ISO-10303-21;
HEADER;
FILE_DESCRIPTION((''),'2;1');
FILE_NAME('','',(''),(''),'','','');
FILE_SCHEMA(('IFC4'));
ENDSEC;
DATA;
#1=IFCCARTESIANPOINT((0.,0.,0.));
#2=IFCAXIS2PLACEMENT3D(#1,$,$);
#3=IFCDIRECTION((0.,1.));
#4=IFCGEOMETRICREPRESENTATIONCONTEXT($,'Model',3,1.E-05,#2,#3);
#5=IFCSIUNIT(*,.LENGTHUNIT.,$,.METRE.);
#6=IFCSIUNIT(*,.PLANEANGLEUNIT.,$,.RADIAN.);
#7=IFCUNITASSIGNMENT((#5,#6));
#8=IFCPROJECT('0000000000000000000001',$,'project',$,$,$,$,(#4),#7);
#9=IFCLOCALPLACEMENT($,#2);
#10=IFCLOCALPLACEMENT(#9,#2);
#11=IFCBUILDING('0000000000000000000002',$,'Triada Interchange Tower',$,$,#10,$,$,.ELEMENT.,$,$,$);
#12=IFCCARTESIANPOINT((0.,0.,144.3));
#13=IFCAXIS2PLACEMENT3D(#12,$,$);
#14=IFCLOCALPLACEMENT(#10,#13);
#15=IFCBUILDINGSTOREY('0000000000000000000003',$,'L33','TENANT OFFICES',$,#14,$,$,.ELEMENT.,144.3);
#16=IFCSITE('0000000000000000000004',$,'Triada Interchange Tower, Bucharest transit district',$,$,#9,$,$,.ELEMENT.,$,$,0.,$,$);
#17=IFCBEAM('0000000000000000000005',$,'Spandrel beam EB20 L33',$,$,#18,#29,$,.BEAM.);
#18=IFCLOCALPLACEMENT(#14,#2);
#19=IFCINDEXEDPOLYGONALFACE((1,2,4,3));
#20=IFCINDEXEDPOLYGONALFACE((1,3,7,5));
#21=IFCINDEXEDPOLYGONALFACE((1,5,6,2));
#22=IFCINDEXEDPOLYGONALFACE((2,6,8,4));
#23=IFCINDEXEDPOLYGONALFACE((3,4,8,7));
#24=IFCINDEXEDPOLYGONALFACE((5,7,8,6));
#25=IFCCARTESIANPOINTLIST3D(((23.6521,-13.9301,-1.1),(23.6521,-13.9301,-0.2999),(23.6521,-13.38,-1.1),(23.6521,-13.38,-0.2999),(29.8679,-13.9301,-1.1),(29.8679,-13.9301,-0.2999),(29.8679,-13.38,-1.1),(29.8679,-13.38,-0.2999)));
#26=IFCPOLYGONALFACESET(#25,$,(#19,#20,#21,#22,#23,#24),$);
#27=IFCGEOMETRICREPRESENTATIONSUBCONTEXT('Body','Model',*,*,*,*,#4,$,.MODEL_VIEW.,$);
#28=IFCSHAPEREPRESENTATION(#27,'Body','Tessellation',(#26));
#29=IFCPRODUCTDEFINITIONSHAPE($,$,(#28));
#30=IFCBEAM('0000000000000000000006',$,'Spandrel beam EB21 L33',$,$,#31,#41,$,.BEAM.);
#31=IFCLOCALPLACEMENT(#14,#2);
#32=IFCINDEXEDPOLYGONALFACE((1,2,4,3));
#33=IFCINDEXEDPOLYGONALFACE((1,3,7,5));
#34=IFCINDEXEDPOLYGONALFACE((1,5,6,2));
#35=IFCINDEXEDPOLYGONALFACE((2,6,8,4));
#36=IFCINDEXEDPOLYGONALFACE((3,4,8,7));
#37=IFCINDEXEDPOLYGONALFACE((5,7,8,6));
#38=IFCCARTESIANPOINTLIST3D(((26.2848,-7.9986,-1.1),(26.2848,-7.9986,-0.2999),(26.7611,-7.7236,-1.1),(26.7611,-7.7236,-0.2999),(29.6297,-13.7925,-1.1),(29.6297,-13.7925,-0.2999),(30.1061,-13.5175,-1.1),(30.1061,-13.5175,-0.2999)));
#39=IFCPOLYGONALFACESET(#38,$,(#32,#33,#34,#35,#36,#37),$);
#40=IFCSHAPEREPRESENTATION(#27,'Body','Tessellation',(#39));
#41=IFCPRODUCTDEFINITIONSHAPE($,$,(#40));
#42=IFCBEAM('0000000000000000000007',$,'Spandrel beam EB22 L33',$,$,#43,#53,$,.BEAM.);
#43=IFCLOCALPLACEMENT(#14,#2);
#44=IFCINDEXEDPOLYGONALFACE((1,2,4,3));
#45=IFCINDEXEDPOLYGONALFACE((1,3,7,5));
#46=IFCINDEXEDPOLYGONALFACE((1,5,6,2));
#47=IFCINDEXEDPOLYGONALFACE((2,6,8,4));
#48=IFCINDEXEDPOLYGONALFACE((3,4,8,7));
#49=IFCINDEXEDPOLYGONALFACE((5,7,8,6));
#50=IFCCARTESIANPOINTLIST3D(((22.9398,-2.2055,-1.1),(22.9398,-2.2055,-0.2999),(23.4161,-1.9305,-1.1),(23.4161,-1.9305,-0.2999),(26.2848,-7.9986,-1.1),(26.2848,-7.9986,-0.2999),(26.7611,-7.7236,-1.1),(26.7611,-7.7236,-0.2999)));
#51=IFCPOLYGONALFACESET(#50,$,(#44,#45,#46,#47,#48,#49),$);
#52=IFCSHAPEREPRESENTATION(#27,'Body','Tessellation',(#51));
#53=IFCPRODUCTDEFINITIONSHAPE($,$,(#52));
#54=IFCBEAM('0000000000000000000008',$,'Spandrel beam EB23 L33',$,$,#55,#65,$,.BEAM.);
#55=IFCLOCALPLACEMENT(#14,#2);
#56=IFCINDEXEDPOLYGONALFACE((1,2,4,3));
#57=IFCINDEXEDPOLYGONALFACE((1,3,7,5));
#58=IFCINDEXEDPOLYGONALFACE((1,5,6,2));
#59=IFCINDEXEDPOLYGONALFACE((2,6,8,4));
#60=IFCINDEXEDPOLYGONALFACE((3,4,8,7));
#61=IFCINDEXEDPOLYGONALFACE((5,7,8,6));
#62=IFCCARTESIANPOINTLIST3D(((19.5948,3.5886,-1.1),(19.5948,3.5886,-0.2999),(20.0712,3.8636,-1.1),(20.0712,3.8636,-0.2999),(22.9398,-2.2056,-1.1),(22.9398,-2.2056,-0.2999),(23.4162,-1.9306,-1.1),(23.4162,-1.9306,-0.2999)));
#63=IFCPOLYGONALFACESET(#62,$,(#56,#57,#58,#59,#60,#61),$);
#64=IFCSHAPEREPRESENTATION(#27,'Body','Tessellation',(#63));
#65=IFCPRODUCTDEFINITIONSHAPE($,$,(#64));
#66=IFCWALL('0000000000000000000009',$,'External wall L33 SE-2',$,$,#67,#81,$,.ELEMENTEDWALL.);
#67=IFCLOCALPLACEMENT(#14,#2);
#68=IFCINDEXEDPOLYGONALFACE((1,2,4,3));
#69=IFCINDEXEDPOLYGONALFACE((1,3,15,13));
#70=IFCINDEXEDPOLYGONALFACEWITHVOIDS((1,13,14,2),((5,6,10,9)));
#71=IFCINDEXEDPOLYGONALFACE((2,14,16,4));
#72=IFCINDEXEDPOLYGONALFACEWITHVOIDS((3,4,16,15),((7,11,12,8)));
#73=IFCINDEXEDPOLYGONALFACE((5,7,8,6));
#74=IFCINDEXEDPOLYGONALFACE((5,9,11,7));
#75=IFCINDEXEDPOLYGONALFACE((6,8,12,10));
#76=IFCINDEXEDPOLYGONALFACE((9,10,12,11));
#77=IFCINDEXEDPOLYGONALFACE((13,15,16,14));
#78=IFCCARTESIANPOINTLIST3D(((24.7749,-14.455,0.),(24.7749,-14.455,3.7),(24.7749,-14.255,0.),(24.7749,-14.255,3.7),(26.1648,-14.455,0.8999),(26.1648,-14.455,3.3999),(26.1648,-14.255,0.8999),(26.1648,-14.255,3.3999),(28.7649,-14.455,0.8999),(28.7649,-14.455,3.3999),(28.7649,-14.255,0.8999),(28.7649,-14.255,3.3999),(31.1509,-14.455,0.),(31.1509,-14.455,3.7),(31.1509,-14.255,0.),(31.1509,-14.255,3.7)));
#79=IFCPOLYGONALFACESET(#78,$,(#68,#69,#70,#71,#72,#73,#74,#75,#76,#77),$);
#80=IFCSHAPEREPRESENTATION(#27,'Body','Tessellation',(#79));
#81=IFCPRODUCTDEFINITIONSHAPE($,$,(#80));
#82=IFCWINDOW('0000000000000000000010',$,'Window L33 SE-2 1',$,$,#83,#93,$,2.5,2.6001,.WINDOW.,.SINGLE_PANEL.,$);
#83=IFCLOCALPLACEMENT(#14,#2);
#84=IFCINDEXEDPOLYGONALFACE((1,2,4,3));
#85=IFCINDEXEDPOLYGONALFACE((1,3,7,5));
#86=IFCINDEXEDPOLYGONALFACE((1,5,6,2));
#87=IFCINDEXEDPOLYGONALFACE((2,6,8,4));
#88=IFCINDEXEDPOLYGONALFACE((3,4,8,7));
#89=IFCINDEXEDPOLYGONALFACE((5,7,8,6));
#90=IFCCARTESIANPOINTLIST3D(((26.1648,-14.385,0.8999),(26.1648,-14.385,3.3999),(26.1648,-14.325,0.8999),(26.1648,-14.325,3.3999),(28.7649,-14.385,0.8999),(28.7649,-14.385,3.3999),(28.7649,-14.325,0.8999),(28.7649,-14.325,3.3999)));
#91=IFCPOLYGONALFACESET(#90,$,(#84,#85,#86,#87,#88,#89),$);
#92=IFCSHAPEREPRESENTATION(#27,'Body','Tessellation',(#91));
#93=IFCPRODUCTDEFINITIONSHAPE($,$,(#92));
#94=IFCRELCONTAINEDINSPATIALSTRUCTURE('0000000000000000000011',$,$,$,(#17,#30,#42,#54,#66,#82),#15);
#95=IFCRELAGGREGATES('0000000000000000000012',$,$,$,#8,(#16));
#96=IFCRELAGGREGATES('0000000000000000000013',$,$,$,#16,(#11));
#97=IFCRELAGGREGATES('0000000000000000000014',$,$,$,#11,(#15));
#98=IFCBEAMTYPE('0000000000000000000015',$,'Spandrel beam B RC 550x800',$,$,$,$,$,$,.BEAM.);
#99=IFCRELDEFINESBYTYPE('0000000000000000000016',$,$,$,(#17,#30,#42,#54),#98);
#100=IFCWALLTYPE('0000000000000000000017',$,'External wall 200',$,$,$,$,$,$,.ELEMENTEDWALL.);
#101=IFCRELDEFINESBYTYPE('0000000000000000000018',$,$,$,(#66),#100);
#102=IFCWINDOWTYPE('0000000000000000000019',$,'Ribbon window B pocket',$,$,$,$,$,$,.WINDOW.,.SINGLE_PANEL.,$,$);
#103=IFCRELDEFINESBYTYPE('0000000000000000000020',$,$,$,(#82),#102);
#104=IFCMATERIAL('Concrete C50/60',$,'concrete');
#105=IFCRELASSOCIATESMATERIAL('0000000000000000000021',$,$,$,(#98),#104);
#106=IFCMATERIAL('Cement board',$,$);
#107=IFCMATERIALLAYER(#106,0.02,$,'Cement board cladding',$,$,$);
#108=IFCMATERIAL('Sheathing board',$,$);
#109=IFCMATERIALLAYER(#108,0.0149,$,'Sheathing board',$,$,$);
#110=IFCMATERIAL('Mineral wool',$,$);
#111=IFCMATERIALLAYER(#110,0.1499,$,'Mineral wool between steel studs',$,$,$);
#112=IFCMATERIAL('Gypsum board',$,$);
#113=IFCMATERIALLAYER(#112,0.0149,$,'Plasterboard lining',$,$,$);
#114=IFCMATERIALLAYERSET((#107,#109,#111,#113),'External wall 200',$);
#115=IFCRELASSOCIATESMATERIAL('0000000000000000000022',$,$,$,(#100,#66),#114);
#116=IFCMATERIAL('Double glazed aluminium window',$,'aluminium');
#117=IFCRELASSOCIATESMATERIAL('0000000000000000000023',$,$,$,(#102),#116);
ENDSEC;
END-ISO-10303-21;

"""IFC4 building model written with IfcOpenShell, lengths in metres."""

from ifc_helpers import new_model, si_unit, direction, frame, frame_2d, origin, origin_2d, place, context, subcontext, project, spatial, rectangle, extrude, material, layer, layer_set, layer_usage, material_profile, profile_set, type_object, element, fill, save


model = new_model("IFC4")

# Units and contexts
model_context = context("Model", 3, precision=1e-05, world=origin(), true_north=direction((0.0, 1.0)))
body_context = subcontext(model_context, "Body", "Model", "MODEL_VIEW")
ifc_project = project(units=[si_unit("LENGTHUNIT", "METRE"), si_unit("PLANEANGLEUNIT", "RADIAN")], contexts=[model_context])

# Site, building, storey
site_placement = place(None, origin())
site = spatial("IfcSite", under=ifc_project, at=site_placement, Name="Triada Interchange Tower, Bucharest transit district", CompositionType="ELEMENT", RefElevation=0.0)
building_placement = place(site_placement, origin())
building = spatial("IfcBuilding", under=site, at=building_placement, Name="Triada Interchange Tower", CompositionType="ELEMENT")
storey_placement = place(building_placement, frame((0.0, 0.0, 144.3)))
storey = spatial("IfcBuildingStorey", under=building, at=storey_placement, Name="L33", Description="TENANT OFFICES", CompositionType="ELEMENT", Elevation=144.3)

# Beams
ifc_material_1 = material(Name="Concrete C50/60", Category="concrete")
ifc_material_profile_1 = material_profile(ifc_material_1, rectangle(XDim=0.55, YDim=0.8, at=origin_2d()), Name="RC 550x800")
ifc_profile_set_1 = profile_set([ifc_material_profile_1], Name="Concrete C50/60")
beam_type_1 = type_object("IfcBeamType", Name="Spandrel beam B RC 550x800", PredefinedType="BEAM", material=ifc_profile_set_1)
beam_1_placement = place(storey_placement, frame((23.6521, -13.655, -0.7), z_axis=(1.0, 0.0, 0.0), x_axis=(0.0, 1.0, 0.0)))
element("IfcBeam", 1, at=beam_1_placement, inside=storey, type_object=beam_type_1, Name="Spandrel beam EB20 L33", PredefinedType="BEAM", context=body_context, shape_type="SweptSolid", body=[
    extrude(rectangle(XDim=0.55, YDim=0.8, at=origin_2d()), origin(), (0.0, 0.0, 1.0), 6.2158),
])
beam_2_placement = place(storey_placement, frame((29.8679, -13.655, -0.7), z_axis=(-0.499981, 0.866036, 0.0), x_axis=(-0.866036, -0.499981, 0.0)))
element("IfcBeam", 2, at=beam_2_placement, inside=storey, type_object=beam_type_1, Name="Spandrel beam EB21 L33", PredefinedType="BEAM", context=body_context, shape_type="SweptSolid", body=[
    extrude(rectangle(XDim=0.55, YDim=0.8, at=origin_2d()), origin(), (0.0, 0.0, 1.0), 6.6902),
])
beam_3_placement = place(storey_placement, frame((26.5229, -7.8611, -0.7), z_axis=(-0.500045, 0.866, 0.0), x_axis=(-0.866, -0.500045, 0.0)))
element("IfcBeam", 3, at=beam_3_placement, inside=storey, type_object=beam_type_1, Name="Spandrel beam EB22 L33", PredefinedType="BEAM", context=body_context, shape_type="SweptSolid", body=[
    extrude(rectangle(XDim=0.55, YDim=0.8, at=origin_2d()), origin(), (0.0, 0.0, 1.0), 6.6895),
])
beam_4_placement = place(storey_placement, frame((23.178, -2.0681, -0.7), z_axis=(-0.499966, 0.866045, 0.0), x_axis=(-0.866045, -0.499966, 0.0)))
element("IfcBeam", 4, at=beam_4_placement, inside=storey, type_object=beam_type_1, Name="Spandrel beam EB23 L33", PredefinedType="BEAM", context=body_context, shape_type="SweptSolid", body=[
    extrude(rectangle(XDim=0.55, YDim=0.8, at=origin_2d()), origin(), (0.0, 0.0, 1.0), 6.6904),
])

# Wall, opening, window
ifc_material_2 = material(Name="Cement board")
ifc_layer_1 = layer(ifc_material_2, 0.02, Name="Cement board cladding")
ifc_material_3 = material(Name="Sheathing board")
ifc_layer_2 = layer(ifc_material_3, 0.0149, Name="Sheathing board")
ifc_material_4 = material(Name="Mineral wool")
ifc_layer_3 = layer(ifc_material_4, 0.1499, Name="Mineral wool between steel studs")
ifc_material_5 = material(Name="Gypsum board")
ifc_layer_4 = layer(ifc_material_5, 0.0149, Name="Plasterboard lining")
ifc_layer_set_1 = layer_set([ifc_layer_1, ifc_layer_2, ifc_layer_3, ifc_layer_4], Name="External wall 200")
ifc_layer_usage = layer_usage(ifc_layer_set_1, "AXIS2", "POSITIVE", -0.1001)
wall_type_1 = type_object("IfcWallType", Name="External wall 200", PredefinedType="ELEMENTEDWALL", material=ifc_layer_set_1)
wall_1_placement = place(storey_placement, frame((24.7749, -14.355, 0.0), z_axis=(0.0, 0.0, 1.0), x_axis=(1.0, 0.0, 0.0)))
wall_1 = element("IfcWall", 5, at=wall_1_placement, inside=storey, type_object=wall_type_1, material=ifc_layer_usage, Name="External wall L33 SE-2", PredefinedType="ELEMENTEDWALL", context=body_context, shape_type="SweptSolid", body=[
    extrude(rectangle(XDim=6.376, YDim=0.2, at=frame_2d((3.188, 0.0))), origin(), (0.0, 0.0, 1.0), 3.7),
])
opening_1_placement = place(wall_1_placement, frame((1.3899, 0.0, 0.8999)))
opening_1 = element("IfcOpeningElement", 6, at=opening_1_placement, cuts=wall_1, PredefinedType="OPENING", context=body_context, shape_type="SweptSolid", body=[
    extrude(rectangle(XDim=2.6001, YDim=2.5, at=frame_2d((1.3, 1.25))), frame((0.0, 0.1099, 0.0), z_axis=(0.0, -1.0, 0.0), x_axis=(1.0, 0.0, 0.0)), (0.0, 0.0, 1.0), 0.22),
])
ifc_material_6 = material(Name="Double glazed aluminium window", Category="aluminium")
window_type_1 = type_object("IfcWindowType", Name="Ribbon window B pocket", PartitioningType="SINGLE_PANEL", PredefinedType="WINDOW", material=ifc_material_6)
window_1_placement = place(opening_1_placement, origin())
window_1 = element("IfcWindow", 7, at=window_1_placement, inside=storey, type_object=window_type_1, Name="Window L33 SE-2 1", OverallHeight=2.5, OverallWidth=2.6001, PartitioningType="SINGLE_PANEL", PredefinedType="WINDOW", context=body_context, shape_type="SweptSolid", body=[
    extrude(rectangle(XDim=2.6001, YDim=2.5, at=frame_2d((1.3, 1.25))), frame((0.0, 0.03, 0.0), z_axis=(0.0, -1.0, 0.0), x_axis=(1.0, 0.0, 0.0)), (0.0, 0.0, 1.0), 0.0601),
])
fill(opening_1, window_1)

save(model, "model.ifc")
